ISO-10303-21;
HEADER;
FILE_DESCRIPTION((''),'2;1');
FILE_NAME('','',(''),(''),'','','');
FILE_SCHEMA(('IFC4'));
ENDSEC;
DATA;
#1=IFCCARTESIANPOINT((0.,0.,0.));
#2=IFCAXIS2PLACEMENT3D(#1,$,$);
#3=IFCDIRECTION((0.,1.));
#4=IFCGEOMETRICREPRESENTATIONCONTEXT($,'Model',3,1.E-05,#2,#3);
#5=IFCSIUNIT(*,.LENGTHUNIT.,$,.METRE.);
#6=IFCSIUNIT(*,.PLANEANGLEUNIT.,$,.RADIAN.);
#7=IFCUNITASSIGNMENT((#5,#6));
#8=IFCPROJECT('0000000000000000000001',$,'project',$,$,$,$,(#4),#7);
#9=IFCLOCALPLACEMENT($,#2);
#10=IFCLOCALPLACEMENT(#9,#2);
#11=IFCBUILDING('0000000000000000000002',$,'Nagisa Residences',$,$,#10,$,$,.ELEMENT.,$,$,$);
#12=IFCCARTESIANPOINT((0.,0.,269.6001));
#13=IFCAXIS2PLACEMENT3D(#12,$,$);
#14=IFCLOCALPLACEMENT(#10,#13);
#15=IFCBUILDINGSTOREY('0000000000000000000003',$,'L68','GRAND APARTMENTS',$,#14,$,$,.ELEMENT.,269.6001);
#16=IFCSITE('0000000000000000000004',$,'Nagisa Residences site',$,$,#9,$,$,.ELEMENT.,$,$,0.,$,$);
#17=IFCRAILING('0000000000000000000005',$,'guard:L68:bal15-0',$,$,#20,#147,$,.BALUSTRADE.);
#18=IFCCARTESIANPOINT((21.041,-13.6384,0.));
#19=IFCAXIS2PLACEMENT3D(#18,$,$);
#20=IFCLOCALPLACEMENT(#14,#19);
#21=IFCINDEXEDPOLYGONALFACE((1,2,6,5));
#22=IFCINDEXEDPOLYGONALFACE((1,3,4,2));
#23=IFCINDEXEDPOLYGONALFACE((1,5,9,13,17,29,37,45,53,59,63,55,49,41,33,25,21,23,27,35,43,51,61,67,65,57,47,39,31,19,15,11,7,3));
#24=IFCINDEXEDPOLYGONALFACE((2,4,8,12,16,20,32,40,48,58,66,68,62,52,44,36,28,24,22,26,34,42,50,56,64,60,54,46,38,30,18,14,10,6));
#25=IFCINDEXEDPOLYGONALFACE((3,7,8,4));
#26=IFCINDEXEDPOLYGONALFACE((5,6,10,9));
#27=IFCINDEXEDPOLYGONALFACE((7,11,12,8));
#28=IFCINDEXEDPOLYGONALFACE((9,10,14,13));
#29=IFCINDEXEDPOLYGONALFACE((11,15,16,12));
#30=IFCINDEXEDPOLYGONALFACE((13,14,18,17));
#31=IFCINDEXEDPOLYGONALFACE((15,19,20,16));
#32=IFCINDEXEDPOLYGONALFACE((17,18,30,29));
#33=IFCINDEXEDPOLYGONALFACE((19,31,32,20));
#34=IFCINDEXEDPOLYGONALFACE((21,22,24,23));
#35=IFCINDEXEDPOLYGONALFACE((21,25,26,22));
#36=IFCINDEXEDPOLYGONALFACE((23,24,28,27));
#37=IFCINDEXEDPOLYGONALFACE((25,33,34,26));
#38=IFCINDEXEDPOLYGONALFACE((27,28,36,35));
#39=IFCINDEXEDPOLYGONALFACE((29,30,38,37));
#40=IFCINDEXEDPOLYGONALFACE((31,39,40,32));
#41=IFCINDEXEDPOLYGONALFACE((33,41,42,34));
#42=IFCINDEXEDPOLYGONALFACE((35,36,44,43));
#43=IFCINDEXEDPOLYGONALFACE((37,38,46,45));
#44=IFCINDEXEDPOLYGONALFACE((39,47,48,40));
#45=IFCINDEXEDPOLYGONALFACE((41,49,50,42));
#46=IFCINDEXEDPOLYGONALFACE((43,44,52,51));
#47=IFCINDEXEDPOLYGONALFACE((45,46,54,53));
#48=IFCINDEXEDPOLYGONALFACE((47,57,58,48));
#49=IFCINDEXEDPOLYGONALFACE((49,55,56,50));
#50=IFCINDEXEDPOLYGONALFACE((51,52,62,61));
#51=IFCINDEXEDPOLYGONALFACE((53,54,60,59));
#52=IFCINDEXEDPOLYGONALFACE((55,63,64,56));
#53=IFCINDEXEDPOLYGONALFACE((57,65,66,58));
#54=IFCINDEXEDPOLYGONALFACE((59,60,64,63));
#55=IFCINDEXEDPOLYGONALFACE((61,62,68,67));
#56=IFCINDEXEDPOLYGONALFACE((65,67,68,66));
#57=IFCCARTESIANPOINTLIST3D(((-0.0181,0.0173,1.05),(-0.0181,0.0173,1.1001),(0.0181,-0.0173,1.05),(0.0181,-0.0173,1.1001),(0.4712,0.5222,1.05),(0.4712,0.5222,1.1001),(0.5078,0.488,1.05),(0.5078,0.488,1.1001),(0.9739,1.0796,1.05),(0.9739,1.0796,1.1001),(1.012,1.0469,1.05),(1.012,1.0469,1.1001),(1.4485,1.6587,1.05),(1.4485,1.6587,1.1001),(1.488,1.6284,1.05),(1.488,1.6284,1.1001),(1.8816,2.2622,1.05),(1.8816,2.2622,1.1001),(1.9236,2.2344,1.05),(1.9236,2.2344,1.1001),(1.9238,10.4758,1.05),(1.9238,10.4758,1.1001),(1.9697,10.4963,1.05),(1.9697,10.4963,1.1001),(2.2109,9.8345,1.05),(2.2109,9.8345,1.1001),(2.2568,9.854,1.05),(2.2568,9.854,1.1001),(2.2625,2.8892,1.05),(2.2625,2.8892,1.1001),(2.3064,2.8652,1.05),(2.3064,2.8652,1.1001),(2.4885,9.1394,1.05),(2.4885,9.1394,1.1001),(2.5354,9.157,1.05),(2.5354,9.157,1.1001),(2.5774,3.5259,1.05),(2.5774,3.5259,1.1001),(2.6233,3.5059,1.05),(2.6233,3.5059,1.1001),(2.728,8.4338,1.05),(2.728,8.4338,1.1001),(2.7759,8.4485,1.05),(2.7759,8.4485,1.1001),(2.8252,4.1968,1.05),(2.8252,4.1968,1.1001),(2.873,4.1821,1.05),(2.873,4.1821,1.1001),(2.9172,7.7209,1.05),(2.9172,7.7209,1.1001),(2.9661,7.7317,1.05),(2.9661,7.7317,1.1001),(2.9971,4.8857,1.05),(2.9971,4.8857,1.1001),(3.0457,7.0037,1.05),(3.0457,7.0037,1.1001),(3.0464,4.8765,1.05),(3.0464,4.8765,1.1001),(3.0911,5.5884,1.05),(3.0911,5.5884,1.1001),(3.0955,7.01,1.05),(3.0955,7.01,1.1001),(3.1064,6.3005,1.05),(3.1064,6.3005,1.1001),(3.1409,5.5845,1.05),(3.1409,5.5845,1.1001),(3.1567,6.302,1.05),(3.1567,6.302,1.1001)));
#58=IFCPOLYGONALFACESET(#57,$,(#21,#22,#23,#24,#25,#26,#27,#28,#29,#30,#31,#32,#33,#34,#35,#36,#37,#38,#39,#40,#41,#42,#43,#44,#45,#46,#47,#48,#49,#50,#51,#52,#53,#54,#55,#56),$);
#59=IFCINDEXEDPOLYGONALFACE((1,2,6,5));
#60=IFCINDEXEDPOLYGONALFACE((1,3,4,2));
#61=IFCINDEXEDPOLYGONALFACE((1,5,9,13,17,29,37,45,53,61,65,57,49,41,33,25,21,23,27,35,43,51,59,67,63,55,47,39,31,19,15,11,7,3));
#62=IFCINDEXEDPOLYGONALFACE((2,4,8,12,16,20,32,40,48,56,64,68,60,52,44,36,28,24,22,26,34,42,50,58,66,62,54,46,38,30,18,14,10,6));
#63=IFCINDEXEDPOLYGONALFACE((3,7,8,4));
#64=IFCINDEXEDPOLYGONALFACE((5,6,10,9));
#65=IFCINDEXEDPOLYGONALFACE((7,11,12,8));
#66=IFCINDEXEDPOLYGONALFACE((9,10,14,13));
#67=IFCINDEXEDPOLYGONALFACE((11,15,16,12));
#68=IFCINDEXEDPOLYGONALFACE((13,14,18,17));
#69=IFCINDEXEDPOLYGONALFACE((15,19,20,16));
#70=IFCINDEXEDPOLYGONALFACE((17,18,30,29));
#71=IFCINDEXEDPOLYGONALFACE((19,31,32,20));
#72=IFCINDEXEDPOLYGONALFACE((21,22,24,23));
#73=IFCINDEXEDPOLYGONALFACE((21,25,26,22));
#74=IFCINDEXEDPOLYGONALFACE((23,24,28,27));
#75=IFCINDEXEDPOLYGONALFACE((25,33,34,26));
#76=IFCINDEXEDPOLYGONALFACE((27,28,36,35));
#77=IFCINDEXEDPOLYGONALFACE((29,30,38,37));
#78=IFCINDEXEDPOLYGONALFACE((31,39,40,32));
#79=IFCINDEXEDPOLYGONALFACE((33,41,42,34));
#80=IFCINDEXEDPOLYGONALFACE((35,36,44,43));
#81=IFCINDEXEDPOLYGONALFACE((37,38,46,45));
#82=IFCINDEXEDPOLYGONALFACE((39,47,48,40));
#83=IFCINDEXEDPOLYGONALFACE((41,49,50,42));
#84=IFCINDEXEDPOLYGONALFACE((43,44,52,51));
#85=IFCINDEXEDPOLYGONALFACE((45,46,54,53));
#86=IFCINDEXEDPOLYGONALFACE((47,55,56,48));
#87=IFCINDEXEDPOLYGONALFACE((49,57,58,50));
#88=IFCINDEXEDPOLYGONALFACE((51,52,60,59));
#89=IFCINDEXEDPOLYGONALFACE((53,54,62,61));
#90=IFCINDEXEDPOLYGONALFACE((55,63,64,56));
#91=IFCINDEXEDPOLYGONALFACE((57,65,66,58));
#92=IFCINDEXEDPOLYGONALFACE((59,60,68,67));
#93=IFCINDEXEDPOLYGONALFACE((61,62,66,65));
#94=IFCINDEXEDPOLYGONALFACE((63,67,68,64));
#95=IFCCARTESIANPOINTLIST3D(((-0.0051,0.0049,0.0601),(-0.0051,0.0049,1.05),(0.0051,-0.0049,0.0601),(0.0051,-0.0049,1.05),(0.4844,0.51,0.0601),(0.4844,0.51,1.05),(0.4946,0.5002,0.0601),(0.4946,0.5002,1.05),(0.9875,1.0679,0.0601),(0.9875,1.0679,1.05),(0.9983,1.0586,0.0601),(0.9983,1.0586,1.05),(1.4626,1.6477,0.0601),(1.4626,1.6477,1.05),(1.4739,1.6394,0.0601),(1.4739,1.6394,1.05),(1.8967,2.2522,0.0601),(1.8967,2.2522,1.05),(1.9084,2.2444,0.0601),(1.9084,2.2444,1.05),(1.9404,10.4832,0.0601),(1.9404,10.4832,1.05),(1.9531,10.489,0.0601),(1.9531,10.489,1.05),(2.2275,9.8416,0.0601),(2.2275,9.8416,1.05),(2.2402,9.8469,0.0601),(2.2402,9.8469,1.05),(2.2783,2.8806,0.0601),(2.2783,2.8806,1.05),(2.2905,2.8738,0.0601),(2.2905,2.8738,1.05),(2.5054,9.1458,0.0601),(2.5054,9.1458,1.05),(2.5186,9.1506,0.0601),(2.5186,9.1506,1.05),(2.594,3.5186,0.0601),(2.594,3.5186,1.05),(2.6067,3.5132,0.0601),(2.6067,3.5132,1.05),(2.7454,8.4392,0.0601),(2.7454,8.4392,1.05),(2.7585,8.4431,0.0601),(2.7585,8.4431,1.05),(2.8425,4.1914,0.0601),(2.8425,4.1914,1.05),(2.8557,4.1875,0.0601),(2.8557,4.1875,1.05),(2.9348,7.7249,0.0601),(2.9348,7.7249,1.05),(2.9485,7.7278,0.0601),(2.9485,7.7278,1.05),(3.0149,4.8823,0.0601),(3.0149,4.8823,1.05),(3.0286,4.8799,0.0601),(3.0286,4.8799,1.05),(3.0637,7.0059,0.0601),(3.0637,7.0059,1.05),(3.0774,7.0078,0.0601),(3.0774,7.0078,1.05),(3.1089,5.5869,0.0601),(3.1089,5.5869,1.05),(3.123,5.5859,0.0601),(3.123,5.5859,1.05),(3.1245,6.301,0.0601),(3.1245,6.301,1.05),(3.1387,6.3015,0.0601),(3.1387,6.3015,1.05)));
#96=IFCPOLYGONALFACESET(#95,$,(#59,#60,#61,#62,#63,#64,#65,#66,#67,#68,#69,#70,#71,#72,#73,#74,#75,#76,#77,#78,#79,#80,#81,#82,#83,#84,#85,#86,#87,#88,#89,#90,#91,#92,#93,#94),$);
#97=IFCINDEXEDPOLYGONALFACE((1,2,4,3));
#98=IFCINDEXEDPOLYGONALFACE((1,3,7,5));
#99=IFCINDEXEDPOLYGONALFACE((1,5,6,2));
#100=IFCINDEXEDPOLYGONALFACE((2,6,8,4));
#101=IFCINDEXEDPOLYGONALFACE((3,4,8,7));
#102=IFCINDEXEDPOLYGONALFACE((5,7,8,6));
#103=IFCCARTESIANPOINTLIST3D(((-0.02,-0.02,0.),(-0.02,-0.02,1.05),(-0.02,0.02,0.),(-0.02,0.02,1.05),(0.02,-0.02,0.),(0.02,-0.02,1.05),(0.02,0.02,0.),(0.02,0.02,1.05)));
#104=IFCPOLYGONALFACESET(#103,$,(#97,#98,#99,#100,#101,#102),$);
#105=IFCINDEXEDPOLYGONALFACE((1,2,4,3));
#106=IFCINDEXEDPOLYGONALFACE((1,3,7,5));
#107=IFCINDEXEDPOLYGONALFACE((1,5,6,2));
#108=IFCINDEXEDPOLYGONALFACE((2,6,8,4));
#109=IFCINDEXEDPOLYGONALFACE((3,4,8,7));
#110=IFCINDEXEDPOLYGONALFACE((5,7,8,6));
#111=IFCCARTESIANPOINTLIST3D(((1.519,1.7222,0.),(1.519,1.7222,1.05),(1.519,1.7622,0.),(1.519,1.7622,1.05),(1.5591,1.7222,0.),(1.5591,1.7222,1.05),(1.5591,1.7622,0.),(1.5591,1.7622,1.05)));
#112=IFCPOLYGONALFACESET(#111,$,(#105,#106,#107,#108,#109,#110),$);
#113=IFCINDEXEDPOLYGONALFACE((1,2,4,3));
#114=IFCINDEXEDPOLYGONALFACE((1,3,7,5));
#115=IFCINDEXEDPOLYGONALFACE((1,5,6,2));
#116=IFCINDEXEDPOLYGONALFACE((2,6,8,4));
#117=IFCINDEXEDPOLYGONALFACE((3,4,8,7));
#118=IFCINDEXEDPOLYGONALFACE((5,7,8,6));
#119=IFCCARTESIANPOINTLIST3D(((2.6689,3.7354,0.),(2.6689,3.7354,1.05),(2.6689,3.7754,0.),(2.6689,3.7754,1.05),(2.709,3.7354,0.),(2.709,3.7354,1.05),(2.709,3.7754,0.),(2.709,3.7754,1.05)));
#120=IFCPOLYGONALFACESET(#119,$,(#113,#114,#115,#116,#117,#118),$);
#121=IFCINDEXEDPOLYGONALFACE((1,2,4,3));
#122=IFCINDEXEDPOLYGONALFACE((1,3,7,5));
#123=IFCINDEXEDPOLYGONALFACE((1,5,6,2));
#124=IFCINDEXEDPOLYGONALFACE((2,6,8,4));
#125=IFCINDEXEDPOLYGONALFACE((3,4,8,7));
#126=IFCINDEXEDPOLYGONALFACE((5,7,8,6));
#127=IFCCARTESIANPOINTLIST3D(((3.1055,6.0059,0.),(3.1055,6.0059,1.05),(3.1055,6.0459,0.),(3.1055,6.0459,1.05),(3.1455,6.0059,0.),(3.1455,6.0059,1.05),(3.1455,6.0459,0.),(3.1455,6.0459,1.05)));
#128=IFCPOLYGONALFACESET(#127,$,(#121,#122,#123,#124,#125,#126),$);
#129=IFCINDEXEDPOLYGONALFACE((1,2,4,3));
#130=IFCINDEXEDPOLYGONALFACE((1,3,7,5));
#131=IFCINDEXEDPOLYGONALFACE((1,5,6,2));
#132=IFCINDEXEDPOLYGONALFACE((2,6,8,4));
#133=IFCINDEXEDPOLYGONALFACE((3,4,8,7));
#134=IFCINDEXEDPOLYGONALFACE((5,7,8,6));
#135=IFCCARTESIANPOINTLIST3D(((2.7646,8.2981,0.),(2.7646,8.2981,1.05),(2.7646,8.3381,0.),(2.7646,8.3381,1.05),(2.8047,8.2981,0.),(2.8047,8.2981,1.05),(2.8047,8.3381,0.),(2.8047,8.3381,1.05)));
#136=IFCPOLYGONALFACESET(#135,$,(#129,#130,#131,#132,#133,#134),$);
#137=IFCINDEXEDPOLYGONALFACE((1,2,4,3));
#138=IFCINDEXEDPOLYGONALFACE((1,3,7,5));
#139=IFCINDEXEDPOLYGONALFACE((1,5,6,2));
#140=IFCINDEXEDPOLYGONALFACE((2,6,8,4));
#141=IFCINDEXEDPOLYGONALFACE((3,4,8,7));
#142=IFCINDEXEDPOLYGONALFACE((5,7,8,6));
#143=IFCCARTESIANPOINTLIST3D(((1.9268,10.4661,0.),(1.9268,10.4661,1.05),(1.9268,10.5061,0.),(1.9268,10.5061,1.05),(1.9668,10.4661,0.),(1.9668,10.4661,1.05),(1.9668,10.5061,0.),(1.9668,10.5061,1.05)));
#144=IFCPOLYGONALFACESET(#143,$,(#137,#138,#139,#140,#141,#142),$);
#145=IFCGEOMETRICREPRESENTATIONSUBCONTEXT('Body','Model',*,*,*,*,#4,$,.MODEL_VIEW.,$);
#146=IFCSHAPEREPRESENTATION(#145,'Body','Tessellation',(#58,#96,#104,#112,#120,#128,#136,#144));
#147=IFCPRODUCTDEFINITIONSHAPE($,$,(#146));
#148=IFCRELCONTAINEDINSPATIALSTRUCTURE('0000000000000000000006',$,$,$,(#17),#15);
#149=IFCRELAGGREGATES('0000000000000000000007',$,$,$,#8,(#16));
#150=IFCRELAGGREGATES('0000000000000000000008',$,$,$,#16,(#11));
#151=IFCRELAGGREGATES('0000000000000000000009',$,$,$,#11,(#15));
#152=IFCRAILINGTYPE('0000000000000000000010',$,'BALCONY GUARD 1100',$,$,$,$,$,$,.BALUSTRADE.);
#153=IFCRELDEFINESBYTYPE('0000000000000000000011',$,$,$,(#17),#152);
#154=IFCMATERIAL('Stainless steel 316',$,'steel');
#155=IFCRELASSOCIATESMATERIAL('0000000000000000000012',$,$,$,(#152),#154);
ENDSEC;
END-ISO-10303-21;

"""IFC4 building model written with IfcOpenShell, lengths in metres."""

from ifc_helpers import new_model, si_unit, direction, frame, origin, origin_2d, place, context, subcontext, project, spatial, polyline, rectangle, outline, extrude, material, type_object, element, save


model = new_model("IFC4")

# Units and contexts
model_context = context("Model", 3, precision=1e-05, world=origin(), true_north=direction((0.0, 1.0)))
body_context = subcontext(model_context, "Body", "Model", "MODEL_VIEW")
ifc_project = project(units=[si_unit("LENGTHUNIT", "METRE"), si_unit("PLANEANGLEUNIT", "RADIAN")], contexts=[model_context])

# Site, building, storey
site_placement = place(None, origin())
site = spatial("IfcSite", under=ifc_project, at=site_placement, Name="Nagisa Residences site", CompositionType="ELEMENT", RefElevation=0.0)
building_placement = place(site_placement, origin())
building = spatial("IfcBuilding", under=site, at=building_placement, Name="Nagisa Residences", CompositionType="ELEMENT")
storey_placement = place(building_placement, frame((0.0, 0.0, 269.6001)))
storey = spatial("IfcBuildingStorey", under=building, at=storey_placement, Name="L68", Description="GRAND APARTMENTS", CompositionType="ELEMENT", Elevation=269.6001)

# Railing
ifc_material_1 = material(Name="Stainless steel 316", Category="steel")
railing_type = type_object("IfcRailingType", Name="BALCONY GUARD 1100", PredefinedType="BALUSTRADE", material=ifc_material_1)
railing_1_placement = place(storey_placement, frame((21.041, -13.6384, 0.0)))
element("IfcRailing", 1, at=railing_1_placement, inside=storey, type_object=railing_type, Name="guard:L68:bal15-0", PredefinedType="BALUSTRADE", context=body_context, shape_type="SweptSolid", body=[
    extrude(outline(polyline([(0.4712, 0.5222), (-0.0181, 0.0173), (0.0181, -0.0173), (0.5078, 0.488), (1.012, 1.0469), (1.488, 1.6284), (1.9236, 2.2344), (2.3064, 2.8652), (2.6233, 3.5059), (2.873, 4.1821), (3.0464, 4.8765), (3.1409, 5.5845), (3.1567, 6.302), (3.0955, 7.01), (2.9661, 7.7317), (2.7759, 8.4485), (2.5354, 9.157), (2.2568, 9.854), (1.9697, 10.4963), (1.9238, 10.4758), (2.2109, 9.8345), (2.4885, 9.1394), (2.728, 8.4338), (2.9172, 7.7209), (3.0457, 7.0037), (3.1064, 6.3005), (3.0911, 5.5884), (2.9971, 4.8857), (2.8252, 4.1968), (2.5774, 3.5259), (2.2625, 2.8892), (1.8816, 2.2622), (1.4485, 1.6587), (0.9739, 1.0796), (0.4712, 0.5222)])), frame((0.0, 0.0, 1.05)), (0.0, 0.0, 1.0), 0.05),
    extrude(outline(polyline([(0.4844, 0.51), (-0.0051, 0.0049), (0.0051, -0.0049), (0.4946, 0.5002), (0.9983, 1.0586), (1.4739, 1.6394), (1.9084, 2.2444), (2.2905, 2.8738), (2.6067, 3.5132), (2.8557, 4.1875), (3.0286, 4.8799), (3.123, 5.5859), (3.1387, 6.3015), (3.0774, 7.0078), (2.9485, 7.7278), (2.7585, 8.4431), (2.5186, 9.1506), (2.2402, 9.8469), (1.9531, 10.489), (1.9404, 10.4832), (2.2275, 9.8416), (2.5054, 9.1458), (2.7454, 8.4392), (2.9348, 7.7249), (3.0637, 7.0059), (3.1245, 6.301), (3.1089, 5.5869), (3.0149, 4.8823), (2.8425, 4.1914), (2.594, 3.5186), (2.2783, 2.8806), (1.8967, 2.2522), (1.4626, 1.6477), (0.9875, 1.0679), (0.4844, 0.51)])), frame((0.0, 0.0, 0.0601)), (0.0, 0.0, 1.0), 0.99),
    extrude(rectangle(XDim=0.04, YDim=0.04, at=origin_2d()), origin(), (0.0, 0.0, 1.0), 1.05),
    extrude(rectangle(XDim=0.04, YDim=0.04, at=origin_2d()), frame((1.5391, 1.7422, 0.0)), (0.0, 0.0, 1.0), 1.05),
    extrude(rectangle(XDim=0.04, YDim=0.04, at=origin_2d()), frame((2.689, 3.7554, 0.0)), (0.0, 0.0, 1.0), 1.05),
    extrude(rectangle(XDim=0.04, YDim=0.04, at=origin_2d()), frame((3.1255, 6.0259, 0.0)), (0.0, 0.0, 1.0), 1.05),
    extrude(rectangle(XDim=0.04, YDim=0.04, at=origin_2d()), frame((2.7847, 8.3181, 0.0)), (0.0, 0.0, 1.0), 1.05),
    extrude(rectangle(XDim=0.04, YDim=0.04, at=origin_2d()), frame((1.9468, 10.4861, 0.0)), (0.0, 0.0, 1.0), 1.05),
])

save(model, "model.ifc")
